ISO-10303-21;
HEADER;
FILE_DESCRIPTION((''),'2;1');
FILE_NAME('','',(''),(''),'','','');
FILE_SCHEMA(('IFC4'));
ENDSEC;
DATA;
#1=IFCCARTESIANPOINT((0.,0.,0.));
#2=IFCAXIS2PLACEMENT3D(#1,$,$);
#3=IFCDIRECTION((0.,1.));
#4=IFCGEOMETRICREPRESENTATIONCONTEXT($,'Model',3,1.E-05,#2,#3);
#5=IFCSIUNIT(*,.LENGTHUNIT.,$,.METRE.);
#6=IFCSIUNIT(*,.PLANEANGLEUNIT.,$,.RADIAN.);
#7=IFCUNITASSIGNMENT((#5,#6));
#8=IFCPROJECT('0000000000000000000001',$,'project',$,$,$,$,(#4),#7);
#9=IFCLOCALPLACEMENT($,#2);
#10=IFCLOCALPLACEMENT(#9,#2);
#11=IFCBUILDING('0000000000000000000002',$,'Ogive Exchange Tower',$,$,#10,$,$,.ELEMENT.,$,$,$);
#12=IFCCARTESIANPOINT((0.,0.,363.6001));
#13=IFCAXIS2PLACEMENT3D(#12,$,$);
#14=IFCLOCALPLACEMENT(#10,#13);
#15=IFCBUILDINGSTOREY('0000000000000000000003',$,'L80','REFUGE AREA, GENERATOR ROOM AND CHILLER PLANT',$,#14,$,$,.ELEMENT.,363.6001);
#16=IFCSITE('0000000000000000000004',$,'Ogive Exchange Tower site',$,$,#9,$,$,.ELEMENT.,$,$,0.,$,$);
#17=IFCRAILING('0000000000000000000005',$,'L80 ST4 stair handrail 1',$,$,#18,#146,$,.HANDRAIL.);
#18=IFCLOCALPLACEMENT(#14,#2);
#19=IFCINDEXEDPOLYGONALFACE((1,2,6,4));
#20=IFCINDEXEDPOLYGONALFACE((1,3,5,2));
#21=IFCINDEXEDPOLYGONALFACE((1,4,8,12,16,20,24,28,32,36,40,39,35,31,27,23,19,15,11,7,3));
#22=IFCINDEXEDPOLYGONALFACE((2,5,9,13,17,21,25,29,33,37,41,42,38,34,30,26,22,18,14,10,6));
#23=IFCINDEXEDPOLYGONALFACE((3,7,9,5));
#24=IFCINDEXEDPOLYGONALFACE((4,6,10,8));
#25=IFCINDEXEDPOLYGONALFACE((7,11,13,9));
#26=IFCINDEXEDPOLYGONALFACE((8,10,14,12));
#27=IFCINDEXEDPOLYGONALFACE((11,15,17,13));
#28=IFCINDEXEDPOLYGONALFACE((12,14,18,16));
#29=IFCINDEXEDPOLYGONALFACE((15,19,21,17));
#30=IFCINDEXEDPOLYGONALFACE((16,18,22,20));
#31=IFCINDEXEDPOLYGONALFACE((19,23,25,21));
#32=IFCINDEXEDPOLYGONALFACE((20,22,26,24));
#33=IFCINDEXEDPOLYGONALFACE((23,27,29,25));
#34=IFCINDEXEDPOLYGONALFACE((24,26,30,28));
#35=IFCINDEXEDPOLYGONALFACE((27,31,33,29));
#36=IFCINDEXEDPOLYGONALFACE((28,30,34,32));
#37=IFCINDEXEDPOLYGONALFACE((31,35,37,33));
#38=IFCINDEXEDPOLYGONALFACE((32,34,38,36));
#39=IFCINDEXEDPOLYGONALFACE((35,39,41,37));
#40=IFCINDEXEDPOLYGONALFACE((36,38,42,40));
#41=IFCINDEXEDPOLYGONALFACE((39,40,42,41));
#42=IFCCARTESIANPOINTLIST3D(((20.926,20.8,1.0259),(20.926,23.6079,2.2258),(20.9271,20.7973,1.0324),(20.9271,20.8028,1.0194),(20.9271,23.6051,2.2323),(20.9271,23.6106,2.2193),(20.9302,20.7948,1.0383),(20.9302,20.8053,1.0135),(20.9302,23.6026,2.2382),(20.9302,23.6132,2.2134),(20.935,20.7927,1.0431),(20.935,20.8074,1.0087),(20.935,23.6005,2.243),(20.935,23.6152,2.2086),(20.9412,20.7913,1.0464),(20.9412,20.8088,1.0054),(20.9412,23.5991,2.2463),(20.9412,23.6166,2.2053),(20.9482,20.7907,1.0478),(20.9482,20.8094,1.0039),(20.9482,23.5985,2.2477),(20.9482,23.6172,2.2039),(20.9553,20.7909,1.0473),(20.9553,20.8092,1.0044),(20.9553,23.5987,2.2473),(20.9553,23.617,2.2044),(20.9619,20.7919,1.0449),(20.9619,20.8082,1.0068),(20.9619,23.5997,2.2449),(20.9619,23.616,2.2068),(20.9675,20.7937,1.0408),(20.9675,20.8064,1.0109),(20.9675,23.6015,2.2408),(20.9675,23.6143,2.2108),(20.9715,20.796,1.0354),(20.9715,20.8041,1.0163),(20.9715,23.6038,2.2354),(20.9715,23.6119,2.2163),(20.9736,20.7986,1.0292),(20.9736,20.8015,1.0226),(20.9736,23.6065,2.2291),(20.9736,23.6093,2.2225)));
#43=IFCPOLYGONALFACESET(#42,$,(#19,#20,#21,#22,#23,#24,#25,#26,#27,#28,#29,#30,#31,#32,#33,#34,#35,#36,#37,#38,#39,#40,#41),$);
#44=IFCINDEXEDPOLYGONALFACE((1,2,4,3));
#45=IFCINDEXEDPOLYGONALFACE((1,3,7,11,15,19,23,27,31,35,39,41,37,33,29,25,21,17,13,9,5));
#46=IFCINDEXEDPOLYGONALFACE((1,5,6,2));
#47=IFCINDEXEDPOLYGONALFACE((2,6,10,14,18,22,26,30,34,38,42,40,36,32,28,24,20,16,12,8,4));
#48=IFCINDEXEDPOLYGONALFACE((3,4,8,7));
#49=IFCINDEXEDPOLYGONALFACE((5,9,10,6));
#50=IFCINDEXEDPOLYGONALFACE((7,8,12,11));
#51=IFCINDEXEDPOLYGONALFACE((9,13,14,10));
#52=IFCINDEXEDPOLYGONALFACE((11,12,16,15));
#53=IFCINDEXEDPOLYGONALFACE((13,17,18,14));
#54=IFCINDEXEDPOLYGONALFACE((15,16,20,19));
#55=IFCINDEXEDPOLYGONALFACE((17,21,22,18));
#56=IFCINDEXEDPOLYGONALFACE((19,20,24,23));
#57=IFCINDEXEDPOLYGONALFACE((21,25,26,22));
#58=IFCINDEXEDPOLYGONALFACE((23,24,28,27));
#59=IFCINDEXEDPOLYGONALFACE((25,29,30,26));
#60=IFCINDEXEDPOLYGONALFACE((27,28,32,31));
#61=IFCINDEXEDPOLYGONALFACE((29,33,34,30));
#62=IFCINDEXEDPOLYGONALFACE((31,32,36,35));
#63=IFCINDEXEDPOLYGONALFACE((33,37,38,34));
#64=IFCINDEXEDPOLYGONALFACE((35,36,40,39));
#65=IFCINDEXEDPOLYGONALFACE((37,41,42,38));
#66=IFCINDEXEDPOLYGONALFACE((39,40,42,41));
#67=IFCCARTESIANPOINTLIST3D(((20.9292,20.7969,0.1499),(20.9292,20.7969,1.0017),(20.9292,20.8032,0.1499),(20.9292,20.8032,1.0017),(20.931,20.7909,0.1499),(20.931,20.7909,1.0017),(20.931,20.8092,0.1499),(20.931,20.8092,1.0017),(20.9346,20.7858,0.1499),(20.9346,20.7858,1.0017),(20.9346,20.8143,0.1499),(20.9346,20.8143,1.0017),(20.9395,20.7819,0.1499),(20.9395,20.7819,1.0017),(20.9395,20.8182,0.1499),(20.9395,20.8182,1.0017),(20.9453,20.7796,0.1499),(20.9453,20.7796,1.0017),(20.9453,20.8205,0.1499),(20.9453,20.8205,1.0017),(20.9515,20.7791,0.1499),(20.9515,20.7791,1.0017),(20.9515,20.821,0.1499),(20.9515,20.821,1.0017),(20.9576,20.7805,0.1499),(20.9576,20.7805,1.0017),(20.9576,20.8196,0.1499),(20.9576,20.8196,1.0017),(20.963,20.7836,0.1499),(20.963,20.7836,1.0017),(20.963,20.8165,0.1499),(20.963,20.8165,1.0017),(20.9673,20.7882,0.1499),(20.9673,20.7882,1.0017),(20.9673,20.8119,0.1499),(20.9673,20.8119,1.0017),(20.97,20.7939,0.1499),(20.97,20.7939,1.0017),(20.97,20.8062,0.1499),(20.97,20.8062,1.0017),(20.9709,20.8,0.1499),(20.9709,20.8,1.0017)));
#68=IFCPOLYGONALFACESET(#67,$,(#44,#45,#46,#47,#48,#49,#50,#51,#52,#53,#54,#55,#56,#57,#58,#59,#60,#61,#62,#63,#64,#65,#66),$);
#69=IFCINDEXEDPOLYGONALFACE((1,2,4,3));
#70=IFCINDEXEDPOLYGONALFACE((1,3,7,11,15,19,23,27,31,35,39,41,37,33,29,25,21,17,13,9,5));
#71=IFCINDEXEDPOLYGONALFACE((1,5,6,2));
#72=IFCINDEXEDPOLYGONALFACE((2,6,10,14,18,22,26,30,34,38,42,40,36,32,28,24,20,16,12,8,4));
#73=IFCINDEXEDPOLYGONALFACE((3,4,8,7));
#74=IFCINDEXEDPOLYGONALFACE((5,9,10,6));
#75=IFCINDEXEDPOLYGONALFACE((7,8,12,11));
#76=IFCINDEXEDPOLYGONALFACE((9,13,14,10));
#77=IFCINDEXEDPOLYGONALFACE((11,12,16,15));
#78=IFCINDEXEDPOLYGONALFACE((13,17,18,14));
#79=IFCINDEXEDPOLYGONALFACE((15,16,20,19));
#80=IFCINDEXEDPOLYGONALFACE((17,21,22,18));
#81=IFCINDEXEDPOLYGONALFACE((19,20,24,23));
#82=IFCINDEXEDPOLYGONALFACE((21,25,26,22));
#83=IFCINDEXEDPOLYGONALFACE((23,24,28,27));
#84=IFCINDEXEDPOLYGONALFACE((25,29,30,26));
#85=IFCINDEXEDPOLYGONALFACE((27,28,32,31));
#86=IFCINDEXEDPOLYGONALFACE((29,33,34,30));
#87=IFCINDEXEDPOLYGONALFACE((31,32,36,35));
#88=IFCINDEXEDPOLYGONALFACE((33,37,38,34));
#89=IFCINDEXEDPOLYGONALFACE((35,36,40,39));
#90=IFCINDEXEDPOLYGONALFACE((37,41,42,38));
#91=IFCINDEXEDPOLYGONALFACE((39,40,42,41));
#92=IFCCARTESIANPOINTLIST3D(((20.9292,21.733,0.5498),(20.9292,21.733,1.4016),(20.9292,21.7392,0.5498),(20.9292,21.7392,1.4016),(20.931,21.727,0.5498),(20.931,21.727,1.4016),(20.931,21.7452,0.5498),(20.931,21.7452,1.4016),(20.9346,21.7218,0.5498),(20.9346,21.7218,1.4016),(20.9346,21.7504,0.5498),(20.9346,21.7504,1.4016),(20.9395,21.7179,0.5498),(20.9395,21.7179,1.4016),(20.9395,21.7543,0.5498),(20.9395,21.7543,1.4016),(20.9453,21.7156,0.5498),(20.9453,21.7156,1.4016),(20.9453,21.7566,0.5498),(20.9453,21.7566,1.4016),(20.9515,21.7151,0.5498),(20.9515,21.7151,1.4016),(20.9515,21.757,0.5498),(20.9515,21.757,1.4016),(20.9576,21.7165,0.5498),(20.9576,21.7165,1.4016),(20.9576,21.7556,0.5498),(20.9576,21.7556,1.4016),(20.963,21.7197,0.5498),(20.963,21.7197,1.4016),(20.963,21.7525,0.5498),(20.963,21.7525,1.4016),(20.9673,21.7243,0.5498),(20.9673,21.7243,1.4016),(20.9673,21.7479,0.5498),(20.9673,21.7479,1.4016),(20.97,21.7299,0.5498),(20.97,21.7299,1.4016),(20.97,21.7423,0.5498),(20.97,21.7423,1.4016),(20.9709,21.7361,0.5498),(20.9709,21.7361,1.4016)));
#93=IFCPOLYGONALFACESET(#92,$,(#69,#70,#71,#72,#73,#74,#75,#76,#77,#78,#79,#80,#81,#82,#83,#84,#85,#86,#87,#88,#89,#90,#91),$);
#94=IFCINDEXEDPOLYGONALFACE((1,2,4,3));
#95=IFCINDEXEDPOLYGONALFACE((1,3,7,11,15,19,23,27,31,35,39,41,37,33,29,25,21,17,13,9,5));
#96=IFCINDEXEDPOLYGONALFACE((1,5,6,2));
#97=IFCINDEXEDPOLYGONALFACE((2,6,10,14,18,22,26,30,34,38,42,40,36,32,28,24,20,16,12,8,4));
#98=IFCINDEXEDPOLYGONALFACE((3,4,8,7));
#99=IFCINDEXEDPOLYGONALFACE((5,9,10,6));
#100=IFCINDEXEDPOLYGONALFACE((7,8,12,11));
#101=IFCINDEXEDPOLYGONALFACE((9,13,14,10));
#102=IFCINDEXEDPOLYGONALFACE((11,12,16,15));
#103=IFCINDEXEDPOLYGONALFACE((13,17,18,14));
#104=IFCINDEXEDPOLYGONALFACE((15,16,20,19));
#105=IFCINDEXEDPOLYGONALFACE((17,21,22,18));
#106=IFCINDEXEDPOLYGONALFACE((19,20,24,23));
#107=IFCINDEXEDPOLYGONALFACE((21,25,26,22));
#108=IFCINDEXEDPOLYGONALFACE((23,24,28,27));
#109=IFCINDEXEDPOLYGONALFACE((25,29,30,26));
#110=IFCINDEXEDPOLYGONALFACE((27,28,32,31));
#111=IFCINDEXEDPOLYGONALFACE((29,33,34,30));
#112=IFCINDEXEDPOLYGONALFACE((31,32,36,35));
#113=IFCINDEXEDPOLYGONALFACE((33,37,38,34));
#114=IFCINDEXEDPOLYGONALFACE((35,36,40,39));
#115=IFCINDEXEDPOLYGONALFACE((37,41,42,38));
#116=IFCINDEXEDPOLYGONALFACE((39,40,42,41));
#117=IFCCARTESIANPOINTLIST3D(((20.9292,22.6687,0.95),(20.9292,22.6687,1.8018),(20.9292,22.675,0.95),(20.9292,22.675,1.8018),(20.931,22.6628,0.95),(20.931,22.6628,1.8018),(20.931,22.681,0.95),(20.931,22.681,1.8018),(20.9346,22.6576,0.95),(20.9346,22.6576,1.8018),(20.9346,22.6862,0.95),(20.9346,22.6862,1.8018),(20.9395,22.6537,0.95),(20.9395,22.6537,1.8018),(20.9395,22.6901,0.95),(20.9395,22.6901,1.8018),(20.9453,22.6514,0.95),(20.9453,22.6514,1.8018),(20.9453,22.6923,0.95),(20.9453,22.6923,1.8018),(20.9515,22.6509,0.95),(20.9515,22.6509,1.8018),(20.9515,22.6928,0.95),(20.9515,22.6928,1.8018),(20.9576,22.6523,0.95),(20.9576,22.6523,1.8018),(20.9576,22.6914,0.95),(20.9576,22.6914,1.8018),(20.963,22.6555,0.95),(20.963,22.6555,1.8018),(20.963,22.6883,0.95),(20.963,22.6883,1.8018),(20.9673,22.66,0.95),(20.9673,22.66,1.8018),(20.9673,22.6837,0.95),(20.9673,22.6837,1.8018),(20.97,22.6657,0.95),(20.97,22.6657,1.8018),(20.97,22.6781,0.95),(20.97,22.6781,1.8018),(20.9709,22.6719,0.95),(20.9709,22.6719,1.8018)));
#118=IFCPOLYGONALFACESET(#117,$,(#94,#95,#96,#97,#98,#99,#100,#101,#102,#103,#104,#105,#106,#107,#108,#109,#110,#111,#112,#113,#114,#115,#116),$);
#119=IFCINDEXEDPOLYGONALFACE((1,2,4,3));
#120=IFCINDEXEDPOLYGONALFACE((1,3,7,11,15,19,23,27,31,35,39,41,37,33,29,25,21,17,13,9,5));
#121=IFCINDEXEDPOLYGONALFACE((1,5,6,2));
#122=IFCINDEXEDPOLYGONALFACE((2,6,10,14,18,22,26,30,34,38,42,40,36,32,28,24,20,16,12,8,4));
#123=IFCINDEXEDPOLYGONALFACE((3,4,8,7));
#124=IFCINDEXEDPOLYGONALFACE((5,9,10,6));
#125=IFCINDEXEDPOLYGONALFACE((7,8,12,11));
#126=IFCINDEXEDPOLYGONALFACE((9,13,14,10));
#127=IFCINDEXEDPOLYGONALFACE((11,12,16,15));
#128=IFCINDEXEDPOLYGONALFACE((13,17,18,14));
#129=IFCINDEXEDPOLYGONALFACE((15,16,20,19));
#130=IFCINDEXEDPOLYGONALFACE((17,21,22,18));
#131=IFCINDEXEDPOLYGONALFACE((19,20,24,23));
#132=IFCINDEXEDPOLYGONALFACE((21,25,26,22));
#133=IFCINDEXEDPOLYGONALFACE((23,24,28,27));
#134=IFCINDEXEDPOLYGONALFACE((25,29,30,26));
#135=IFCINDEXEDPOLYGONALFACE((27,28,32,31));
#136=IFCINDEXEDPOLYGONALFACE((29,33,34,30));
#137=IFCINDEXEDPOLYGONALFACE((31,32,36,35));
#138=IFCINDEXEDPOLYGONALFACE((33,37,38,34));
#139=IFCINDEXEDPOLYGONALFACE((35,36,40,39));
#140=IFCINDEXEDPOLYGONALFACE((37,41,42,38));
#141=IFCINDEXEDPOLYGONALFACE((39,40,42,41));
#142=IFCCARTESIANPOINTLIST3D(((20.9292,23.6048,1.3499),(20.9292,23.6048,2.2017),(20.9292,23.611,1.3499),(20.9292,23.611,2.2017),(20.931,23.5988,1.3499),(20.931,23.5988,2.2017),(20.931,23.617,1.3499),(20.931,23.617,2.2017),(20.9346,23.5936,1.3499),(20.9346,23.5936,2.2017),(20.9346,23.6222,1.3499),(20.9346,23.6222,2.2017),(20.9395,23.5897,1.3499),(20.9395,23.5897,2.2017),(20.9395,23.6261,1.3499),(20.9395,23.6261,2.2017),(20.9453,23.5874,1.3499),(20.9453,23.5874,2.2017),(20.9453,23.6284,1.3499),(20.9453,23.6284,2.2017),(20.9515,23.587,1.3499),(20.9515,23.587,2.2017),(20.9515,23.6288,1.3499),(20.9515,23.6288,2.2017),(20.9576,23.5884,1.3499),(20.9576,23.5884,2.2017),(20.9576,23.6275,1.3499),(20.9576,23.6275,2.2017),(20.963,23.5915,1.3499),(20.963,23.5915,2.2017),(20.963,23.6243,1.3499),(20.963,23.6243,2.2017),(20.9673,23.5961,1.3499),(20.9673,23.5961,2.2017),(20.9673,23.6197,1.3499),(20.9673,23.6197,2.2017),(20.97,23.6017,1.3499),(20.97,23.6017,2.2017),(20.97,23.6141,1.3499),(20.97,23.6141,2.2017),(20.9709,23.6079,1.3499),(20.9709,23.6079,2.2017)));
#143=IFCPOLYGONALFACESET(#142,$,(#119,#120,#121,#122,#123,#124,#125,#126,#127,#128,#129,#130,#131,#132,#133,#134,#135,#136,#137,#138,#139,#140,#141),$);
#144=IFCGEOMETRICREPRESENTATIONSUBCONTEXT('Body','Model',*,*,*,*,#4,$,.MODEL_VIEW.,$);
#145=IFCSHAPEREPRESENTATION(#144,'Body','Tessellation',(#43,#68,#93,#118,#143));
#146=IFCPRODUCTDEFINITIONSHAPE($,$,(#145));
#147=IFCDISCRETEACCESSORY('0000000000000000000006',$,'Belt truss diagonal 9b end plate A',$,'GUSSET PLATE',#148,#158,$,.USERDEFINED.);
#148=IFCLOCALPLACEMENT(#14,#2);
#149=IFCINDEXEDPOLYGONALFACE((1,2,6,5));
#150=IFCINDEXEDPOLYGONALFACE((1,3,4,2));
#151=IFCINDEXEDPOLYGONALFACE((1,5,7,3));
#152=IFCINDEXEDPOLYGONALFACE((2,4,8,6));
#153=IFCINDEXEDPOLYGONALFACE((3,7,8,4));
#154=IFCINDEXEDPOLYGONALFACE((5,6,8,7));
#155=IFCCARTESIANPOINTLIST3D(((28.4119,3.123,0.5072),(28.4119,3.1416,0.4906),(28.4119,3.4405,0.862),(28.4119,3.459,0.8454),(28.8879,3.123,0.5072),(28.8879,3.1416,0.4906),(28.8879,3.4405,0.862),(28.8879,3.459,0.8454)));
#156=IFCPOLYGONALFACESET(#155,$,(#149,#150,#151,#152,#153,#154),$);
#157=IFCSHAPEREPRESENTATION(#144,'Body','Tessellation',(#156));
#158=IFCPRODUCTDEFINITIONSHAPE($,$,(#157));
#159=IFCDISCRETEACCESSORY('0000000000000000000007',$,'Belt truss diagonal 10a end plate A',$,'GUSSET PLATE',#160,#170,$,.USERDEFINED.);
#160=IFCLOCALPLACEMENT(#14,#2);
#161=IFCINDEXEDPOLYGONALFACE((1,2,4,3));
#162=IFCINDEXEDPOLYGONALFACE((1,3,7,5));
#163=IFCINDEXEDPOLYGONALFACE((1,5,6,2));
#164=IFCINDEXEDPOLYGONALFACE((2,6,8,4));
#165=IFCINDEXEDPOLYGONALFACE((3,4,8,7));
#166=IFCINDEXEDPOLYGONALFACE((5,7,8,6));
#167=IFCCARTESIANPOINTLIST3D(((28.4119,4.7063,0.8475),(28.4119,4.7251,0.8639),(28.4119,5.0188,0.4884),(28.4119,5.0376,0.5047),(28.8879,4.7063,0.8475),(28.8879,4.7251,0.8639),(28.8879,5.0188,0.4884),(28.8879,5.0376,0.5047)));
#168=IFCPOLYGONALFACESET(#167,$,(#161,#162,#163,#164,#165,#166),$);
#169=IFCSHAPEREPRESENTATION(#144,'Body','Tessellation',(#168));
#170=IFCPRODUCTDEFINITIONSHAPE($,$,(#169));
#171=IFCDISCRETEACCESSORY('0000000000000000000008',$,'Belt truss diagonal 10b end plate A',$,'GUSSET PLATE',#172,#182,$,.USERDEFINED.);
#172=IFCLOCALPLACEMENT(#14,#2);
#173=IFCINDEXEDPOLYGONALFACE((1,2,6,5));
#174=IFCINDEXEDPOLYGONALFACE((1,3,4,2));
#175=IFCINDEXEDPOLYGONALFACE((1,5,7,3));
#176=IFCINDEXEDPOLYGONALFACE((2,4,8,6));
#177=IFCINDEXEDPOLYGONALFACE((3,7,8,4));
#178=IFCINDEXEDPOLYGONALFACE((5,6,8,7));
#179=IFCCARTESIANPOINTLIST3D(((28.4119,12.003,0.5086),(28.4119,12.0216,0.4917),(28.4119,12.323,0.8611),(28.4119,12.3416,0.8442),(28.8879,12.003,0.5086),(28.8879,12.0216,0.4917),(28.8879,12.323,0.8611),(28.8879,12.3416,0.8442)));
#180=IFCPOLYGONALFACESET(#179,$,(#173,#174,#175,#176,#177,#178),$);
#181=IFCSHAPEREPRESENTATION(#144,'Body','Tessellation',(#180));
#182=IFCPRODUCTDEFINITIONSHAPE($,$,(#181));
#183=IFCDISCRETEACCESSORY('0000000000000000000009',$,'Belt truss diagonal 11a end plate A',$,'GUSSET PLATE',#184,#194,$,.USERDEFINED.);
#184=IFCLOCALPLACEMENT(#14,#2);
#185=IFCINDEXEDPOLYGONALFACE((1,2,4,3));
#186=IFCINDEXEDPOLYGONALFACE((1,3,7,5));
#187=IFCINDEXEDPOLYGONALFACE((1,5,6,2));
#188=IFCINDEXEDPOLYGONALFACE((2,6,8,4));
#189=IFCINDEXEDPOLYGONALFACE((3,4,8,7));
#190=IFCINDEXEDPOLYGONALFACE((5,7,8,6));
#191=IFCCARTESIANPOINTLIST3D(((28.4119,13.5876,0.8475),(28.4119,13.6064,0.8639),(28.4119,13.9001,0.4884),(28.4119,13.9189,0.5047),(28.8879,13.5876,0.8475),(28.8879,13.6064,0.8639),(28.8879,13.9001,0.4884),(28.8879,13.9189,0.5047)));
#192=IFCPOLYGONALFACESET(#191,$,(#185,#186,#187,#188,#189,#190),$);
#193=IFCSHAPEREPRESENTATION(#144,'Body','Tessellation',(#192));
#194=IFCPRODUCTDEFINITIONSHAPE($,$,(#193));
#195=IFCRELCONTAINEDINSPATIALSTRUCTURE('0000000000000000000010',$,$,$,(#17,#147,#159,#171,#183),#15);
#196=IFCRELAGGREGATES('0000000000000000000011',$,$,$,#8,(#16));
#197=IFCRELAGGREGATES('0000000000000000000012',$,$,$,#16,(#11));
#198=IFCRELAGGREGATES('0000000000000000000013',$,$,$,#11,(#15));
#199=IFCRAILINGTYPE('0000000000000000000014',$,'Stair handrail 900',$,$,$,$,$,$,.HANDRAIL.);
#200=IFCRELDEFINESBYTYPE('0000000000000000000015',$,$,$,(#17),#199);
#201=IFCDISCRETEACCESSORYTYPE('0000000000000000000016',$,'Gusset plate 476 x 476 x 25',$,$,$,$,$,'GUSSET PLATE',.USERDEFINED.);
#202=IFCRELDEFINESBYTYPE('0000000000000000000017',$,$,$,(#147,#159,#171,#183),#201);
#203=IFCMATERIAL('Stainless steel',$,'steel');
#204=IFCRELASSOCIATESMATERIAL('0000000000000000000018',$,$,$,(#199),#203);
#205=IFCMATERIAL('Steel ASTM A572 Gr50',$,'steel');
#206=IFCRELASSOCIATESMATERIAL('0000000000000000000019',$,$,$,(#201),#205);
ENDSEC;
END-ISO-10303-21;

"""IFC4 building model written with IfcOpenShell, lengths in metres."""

from ifc_helpers import new_model, si_unit, direction, frame, origin, origin_2d, place, context, subcontext, project, spatial, rectangle, circle, extrude, material, material_profile, profile_set, type_object, element, save


model = new_model("IFC4")

# Units and contexts
model_context = context("Model", 3, precision=1e-05, world=origin(), true_north=direction((0.0, 1.0)))
body_context = subcontext(model_context, "Body", "Model", "MODEL_VIEW")
ifc_project = project(units=[si_unit("LENGTHUNIT", "METRE"), si_unit("PLANEANGLEUNIT", "RADIAN")], contexts=[model_context])

# Site, building, storey
site_placement = place(None, origin())
site = spatial("IfcSite", under=ifc_project, at=site_placement, Name="Ogive Exchange Tower site", CompositionType="ELEMENT", RefElevation=0.0)
building_placement = place(site_placement, origin())
building = spatial("IfcBuilding", under=site, at=building_placement, Name="Ogive Exchange Tower", CompositionType="ELEMENT")
storey_placement = place(building_placement, frame((0.0, 0.0, 363.6001)))
storey = spatial("IfcBuildingStorey", under=building, at=storey_placement, Name="L80", Description="REFUGE AREA, GENERATOR ROOM AND CHILLER PLANT", CompositionType="ELEMENT", Elevation=363.6001)

# Railing
ifc_material_1 = material(Name="Stainless steel", Category="steel")
railing_type = type_object("IfcRailingType", Name="Stair handrail 900", PredefinedType="HANDRAIL", material=ifc_material_1)
for number, where, name in (
    (1, (20.95, 20.8, 0.1499), "L80 ST4 stair handrail 1"),
):
    element("IfcRailing", number, at=place(storey_placement, frame(where)), inside=storey, type_object=railing_type, Name=name, PredefinedType="HANDRAIL", context=body_context, shape_type="SweptSolid", body=[
        extrude(circle(Radius=0.0239, at=origin_2d()), frame((0.0, 0.0, 0.876), z_axis=(0.0, 0.91955, 0.392973), x_axis=(-1.0, 0.0, 0.0)), (0.0, 0.0, 1.0), 3.0535),
        extrude(circle(Radius=0.021, at=origin_2d()), origin(), (0.0, 0.0, 1.0), 0.8518),
        extrude(circle(Radius=0.021, at=origin_2d()), frame((0.0, 0.936, 0.3999)), (0.0, 0.0, 1.0), 0.8518),
        extrude(circle(Radius=0.021, at=origin_2d()), frame((0.0, 1.8718, 0.8)), (0.0, 0.0, 1.0), 0.8518),
        extrude(circle(Radius=0.021, at=origin_2d()), frame((0.0, 2.8079, 1.2)), (0.0, 0.0, 1.0), 0.8518),
    ])

# Discrete accessories
ifc_material_2 = material(Name="Steel ASTM A572 Gr50", Category="steel")
ifc_material_profile_1 = material_profile(ifc_material_2, rectangle(XDim=0.4761, YDim=0.4761, at=origin_2d()), Name="PL 476 x 476 x 25")
ifc_profile_set_1 = profile_set([ifc_material_profile_1], Name="Steel ASTM A572 Gr50")
discrete_accessory_type = type_object("IfcDiscreteAccessoryType", Name="Gusset plate 476 x 476 x 25", ElementType="GUSSET PLATE", PredefinedType="USERDEFINED", material=ifc_profile_set_1)
for number, where, z_axis, x_axis, name in (
    (2, (28.6499, 3.3003, 0.668), (0.0, -0.745241, 0.666795), (1.0, 0.0, 0.0), "Belt truss diagonal 9b end plate A"),
    (3, (28.6499, 4.8625, 0.668), (0.0, 0.754395, 0.656421), (-1.0, 0.0, 0.0), "Belt truss diagonal 10a end plate A"),
):
    element("IfcDiscreteAccessory", number, at=place(storey_placement, frame(where, z_axis=z_axis, x_axis=x_axis)), inside=storey, type_object=discrete_accessory_type, Name=name, ObjectType="GUSSET PLATE", PredefinedType="USERDEFINED", context=body_context, shape_type="SweptSolid", body=[
        extrude(rectangle(XDim=0.4761, YDim=0.4761, at=origin_2d()), origin(), (0.0, 0.0, 1.0), 0.0249),
    ])
discrete_accessory_1_placement = place(storey_placement, frame((28.6499, 12.1816, 0.668), z_axis=(0.0, -0.740381, 0.672188), x_axis=(1.0, 0.0, 0.0)))
element("IfcDiscreteAccessory", 4, at=discrete_accessory_1_placement, inside=storey, type_object=discrete_accessory_type, Name="Belt truss diagonal 10b end plate A", ObjectType="GUSSET PLATE", PredefinedType="USERDEFINED", context=body_context, shape_type="SweptSolid", body=[
    extrude(rectangle(XDim=0.4761, YDim=0.4761, at=origin_2d()), origin(), (0.0, 0.0, 1.0), 0.0251),
])
discrete_accessory_2_placement = place(storey_placement, frame((28.6499, 13.7439, 0.668), z_axis=(0.0, 0.754395, 0.656421), x_axis=(-1.0, 0.0, 0.0)))
element("IfcDiscreteAccessory", 5, at=discrete_accessory_2_placement, inside=storey, type_object=discrete_accessory_type, Name="Belt truss diagonal 11a end plate A", ObjectType="GUSSET PLATE", PredefinedType="USERDEFINED", context=body_context, shape_type="SweptSolid", body=[
    extrude(rectangle(XDim=0.4761, YDim=0.4761, at=origin_2d()), origin(), (0.0, 0.0, 1.0), 0.0249),
])

save(model, "model.ifc")
